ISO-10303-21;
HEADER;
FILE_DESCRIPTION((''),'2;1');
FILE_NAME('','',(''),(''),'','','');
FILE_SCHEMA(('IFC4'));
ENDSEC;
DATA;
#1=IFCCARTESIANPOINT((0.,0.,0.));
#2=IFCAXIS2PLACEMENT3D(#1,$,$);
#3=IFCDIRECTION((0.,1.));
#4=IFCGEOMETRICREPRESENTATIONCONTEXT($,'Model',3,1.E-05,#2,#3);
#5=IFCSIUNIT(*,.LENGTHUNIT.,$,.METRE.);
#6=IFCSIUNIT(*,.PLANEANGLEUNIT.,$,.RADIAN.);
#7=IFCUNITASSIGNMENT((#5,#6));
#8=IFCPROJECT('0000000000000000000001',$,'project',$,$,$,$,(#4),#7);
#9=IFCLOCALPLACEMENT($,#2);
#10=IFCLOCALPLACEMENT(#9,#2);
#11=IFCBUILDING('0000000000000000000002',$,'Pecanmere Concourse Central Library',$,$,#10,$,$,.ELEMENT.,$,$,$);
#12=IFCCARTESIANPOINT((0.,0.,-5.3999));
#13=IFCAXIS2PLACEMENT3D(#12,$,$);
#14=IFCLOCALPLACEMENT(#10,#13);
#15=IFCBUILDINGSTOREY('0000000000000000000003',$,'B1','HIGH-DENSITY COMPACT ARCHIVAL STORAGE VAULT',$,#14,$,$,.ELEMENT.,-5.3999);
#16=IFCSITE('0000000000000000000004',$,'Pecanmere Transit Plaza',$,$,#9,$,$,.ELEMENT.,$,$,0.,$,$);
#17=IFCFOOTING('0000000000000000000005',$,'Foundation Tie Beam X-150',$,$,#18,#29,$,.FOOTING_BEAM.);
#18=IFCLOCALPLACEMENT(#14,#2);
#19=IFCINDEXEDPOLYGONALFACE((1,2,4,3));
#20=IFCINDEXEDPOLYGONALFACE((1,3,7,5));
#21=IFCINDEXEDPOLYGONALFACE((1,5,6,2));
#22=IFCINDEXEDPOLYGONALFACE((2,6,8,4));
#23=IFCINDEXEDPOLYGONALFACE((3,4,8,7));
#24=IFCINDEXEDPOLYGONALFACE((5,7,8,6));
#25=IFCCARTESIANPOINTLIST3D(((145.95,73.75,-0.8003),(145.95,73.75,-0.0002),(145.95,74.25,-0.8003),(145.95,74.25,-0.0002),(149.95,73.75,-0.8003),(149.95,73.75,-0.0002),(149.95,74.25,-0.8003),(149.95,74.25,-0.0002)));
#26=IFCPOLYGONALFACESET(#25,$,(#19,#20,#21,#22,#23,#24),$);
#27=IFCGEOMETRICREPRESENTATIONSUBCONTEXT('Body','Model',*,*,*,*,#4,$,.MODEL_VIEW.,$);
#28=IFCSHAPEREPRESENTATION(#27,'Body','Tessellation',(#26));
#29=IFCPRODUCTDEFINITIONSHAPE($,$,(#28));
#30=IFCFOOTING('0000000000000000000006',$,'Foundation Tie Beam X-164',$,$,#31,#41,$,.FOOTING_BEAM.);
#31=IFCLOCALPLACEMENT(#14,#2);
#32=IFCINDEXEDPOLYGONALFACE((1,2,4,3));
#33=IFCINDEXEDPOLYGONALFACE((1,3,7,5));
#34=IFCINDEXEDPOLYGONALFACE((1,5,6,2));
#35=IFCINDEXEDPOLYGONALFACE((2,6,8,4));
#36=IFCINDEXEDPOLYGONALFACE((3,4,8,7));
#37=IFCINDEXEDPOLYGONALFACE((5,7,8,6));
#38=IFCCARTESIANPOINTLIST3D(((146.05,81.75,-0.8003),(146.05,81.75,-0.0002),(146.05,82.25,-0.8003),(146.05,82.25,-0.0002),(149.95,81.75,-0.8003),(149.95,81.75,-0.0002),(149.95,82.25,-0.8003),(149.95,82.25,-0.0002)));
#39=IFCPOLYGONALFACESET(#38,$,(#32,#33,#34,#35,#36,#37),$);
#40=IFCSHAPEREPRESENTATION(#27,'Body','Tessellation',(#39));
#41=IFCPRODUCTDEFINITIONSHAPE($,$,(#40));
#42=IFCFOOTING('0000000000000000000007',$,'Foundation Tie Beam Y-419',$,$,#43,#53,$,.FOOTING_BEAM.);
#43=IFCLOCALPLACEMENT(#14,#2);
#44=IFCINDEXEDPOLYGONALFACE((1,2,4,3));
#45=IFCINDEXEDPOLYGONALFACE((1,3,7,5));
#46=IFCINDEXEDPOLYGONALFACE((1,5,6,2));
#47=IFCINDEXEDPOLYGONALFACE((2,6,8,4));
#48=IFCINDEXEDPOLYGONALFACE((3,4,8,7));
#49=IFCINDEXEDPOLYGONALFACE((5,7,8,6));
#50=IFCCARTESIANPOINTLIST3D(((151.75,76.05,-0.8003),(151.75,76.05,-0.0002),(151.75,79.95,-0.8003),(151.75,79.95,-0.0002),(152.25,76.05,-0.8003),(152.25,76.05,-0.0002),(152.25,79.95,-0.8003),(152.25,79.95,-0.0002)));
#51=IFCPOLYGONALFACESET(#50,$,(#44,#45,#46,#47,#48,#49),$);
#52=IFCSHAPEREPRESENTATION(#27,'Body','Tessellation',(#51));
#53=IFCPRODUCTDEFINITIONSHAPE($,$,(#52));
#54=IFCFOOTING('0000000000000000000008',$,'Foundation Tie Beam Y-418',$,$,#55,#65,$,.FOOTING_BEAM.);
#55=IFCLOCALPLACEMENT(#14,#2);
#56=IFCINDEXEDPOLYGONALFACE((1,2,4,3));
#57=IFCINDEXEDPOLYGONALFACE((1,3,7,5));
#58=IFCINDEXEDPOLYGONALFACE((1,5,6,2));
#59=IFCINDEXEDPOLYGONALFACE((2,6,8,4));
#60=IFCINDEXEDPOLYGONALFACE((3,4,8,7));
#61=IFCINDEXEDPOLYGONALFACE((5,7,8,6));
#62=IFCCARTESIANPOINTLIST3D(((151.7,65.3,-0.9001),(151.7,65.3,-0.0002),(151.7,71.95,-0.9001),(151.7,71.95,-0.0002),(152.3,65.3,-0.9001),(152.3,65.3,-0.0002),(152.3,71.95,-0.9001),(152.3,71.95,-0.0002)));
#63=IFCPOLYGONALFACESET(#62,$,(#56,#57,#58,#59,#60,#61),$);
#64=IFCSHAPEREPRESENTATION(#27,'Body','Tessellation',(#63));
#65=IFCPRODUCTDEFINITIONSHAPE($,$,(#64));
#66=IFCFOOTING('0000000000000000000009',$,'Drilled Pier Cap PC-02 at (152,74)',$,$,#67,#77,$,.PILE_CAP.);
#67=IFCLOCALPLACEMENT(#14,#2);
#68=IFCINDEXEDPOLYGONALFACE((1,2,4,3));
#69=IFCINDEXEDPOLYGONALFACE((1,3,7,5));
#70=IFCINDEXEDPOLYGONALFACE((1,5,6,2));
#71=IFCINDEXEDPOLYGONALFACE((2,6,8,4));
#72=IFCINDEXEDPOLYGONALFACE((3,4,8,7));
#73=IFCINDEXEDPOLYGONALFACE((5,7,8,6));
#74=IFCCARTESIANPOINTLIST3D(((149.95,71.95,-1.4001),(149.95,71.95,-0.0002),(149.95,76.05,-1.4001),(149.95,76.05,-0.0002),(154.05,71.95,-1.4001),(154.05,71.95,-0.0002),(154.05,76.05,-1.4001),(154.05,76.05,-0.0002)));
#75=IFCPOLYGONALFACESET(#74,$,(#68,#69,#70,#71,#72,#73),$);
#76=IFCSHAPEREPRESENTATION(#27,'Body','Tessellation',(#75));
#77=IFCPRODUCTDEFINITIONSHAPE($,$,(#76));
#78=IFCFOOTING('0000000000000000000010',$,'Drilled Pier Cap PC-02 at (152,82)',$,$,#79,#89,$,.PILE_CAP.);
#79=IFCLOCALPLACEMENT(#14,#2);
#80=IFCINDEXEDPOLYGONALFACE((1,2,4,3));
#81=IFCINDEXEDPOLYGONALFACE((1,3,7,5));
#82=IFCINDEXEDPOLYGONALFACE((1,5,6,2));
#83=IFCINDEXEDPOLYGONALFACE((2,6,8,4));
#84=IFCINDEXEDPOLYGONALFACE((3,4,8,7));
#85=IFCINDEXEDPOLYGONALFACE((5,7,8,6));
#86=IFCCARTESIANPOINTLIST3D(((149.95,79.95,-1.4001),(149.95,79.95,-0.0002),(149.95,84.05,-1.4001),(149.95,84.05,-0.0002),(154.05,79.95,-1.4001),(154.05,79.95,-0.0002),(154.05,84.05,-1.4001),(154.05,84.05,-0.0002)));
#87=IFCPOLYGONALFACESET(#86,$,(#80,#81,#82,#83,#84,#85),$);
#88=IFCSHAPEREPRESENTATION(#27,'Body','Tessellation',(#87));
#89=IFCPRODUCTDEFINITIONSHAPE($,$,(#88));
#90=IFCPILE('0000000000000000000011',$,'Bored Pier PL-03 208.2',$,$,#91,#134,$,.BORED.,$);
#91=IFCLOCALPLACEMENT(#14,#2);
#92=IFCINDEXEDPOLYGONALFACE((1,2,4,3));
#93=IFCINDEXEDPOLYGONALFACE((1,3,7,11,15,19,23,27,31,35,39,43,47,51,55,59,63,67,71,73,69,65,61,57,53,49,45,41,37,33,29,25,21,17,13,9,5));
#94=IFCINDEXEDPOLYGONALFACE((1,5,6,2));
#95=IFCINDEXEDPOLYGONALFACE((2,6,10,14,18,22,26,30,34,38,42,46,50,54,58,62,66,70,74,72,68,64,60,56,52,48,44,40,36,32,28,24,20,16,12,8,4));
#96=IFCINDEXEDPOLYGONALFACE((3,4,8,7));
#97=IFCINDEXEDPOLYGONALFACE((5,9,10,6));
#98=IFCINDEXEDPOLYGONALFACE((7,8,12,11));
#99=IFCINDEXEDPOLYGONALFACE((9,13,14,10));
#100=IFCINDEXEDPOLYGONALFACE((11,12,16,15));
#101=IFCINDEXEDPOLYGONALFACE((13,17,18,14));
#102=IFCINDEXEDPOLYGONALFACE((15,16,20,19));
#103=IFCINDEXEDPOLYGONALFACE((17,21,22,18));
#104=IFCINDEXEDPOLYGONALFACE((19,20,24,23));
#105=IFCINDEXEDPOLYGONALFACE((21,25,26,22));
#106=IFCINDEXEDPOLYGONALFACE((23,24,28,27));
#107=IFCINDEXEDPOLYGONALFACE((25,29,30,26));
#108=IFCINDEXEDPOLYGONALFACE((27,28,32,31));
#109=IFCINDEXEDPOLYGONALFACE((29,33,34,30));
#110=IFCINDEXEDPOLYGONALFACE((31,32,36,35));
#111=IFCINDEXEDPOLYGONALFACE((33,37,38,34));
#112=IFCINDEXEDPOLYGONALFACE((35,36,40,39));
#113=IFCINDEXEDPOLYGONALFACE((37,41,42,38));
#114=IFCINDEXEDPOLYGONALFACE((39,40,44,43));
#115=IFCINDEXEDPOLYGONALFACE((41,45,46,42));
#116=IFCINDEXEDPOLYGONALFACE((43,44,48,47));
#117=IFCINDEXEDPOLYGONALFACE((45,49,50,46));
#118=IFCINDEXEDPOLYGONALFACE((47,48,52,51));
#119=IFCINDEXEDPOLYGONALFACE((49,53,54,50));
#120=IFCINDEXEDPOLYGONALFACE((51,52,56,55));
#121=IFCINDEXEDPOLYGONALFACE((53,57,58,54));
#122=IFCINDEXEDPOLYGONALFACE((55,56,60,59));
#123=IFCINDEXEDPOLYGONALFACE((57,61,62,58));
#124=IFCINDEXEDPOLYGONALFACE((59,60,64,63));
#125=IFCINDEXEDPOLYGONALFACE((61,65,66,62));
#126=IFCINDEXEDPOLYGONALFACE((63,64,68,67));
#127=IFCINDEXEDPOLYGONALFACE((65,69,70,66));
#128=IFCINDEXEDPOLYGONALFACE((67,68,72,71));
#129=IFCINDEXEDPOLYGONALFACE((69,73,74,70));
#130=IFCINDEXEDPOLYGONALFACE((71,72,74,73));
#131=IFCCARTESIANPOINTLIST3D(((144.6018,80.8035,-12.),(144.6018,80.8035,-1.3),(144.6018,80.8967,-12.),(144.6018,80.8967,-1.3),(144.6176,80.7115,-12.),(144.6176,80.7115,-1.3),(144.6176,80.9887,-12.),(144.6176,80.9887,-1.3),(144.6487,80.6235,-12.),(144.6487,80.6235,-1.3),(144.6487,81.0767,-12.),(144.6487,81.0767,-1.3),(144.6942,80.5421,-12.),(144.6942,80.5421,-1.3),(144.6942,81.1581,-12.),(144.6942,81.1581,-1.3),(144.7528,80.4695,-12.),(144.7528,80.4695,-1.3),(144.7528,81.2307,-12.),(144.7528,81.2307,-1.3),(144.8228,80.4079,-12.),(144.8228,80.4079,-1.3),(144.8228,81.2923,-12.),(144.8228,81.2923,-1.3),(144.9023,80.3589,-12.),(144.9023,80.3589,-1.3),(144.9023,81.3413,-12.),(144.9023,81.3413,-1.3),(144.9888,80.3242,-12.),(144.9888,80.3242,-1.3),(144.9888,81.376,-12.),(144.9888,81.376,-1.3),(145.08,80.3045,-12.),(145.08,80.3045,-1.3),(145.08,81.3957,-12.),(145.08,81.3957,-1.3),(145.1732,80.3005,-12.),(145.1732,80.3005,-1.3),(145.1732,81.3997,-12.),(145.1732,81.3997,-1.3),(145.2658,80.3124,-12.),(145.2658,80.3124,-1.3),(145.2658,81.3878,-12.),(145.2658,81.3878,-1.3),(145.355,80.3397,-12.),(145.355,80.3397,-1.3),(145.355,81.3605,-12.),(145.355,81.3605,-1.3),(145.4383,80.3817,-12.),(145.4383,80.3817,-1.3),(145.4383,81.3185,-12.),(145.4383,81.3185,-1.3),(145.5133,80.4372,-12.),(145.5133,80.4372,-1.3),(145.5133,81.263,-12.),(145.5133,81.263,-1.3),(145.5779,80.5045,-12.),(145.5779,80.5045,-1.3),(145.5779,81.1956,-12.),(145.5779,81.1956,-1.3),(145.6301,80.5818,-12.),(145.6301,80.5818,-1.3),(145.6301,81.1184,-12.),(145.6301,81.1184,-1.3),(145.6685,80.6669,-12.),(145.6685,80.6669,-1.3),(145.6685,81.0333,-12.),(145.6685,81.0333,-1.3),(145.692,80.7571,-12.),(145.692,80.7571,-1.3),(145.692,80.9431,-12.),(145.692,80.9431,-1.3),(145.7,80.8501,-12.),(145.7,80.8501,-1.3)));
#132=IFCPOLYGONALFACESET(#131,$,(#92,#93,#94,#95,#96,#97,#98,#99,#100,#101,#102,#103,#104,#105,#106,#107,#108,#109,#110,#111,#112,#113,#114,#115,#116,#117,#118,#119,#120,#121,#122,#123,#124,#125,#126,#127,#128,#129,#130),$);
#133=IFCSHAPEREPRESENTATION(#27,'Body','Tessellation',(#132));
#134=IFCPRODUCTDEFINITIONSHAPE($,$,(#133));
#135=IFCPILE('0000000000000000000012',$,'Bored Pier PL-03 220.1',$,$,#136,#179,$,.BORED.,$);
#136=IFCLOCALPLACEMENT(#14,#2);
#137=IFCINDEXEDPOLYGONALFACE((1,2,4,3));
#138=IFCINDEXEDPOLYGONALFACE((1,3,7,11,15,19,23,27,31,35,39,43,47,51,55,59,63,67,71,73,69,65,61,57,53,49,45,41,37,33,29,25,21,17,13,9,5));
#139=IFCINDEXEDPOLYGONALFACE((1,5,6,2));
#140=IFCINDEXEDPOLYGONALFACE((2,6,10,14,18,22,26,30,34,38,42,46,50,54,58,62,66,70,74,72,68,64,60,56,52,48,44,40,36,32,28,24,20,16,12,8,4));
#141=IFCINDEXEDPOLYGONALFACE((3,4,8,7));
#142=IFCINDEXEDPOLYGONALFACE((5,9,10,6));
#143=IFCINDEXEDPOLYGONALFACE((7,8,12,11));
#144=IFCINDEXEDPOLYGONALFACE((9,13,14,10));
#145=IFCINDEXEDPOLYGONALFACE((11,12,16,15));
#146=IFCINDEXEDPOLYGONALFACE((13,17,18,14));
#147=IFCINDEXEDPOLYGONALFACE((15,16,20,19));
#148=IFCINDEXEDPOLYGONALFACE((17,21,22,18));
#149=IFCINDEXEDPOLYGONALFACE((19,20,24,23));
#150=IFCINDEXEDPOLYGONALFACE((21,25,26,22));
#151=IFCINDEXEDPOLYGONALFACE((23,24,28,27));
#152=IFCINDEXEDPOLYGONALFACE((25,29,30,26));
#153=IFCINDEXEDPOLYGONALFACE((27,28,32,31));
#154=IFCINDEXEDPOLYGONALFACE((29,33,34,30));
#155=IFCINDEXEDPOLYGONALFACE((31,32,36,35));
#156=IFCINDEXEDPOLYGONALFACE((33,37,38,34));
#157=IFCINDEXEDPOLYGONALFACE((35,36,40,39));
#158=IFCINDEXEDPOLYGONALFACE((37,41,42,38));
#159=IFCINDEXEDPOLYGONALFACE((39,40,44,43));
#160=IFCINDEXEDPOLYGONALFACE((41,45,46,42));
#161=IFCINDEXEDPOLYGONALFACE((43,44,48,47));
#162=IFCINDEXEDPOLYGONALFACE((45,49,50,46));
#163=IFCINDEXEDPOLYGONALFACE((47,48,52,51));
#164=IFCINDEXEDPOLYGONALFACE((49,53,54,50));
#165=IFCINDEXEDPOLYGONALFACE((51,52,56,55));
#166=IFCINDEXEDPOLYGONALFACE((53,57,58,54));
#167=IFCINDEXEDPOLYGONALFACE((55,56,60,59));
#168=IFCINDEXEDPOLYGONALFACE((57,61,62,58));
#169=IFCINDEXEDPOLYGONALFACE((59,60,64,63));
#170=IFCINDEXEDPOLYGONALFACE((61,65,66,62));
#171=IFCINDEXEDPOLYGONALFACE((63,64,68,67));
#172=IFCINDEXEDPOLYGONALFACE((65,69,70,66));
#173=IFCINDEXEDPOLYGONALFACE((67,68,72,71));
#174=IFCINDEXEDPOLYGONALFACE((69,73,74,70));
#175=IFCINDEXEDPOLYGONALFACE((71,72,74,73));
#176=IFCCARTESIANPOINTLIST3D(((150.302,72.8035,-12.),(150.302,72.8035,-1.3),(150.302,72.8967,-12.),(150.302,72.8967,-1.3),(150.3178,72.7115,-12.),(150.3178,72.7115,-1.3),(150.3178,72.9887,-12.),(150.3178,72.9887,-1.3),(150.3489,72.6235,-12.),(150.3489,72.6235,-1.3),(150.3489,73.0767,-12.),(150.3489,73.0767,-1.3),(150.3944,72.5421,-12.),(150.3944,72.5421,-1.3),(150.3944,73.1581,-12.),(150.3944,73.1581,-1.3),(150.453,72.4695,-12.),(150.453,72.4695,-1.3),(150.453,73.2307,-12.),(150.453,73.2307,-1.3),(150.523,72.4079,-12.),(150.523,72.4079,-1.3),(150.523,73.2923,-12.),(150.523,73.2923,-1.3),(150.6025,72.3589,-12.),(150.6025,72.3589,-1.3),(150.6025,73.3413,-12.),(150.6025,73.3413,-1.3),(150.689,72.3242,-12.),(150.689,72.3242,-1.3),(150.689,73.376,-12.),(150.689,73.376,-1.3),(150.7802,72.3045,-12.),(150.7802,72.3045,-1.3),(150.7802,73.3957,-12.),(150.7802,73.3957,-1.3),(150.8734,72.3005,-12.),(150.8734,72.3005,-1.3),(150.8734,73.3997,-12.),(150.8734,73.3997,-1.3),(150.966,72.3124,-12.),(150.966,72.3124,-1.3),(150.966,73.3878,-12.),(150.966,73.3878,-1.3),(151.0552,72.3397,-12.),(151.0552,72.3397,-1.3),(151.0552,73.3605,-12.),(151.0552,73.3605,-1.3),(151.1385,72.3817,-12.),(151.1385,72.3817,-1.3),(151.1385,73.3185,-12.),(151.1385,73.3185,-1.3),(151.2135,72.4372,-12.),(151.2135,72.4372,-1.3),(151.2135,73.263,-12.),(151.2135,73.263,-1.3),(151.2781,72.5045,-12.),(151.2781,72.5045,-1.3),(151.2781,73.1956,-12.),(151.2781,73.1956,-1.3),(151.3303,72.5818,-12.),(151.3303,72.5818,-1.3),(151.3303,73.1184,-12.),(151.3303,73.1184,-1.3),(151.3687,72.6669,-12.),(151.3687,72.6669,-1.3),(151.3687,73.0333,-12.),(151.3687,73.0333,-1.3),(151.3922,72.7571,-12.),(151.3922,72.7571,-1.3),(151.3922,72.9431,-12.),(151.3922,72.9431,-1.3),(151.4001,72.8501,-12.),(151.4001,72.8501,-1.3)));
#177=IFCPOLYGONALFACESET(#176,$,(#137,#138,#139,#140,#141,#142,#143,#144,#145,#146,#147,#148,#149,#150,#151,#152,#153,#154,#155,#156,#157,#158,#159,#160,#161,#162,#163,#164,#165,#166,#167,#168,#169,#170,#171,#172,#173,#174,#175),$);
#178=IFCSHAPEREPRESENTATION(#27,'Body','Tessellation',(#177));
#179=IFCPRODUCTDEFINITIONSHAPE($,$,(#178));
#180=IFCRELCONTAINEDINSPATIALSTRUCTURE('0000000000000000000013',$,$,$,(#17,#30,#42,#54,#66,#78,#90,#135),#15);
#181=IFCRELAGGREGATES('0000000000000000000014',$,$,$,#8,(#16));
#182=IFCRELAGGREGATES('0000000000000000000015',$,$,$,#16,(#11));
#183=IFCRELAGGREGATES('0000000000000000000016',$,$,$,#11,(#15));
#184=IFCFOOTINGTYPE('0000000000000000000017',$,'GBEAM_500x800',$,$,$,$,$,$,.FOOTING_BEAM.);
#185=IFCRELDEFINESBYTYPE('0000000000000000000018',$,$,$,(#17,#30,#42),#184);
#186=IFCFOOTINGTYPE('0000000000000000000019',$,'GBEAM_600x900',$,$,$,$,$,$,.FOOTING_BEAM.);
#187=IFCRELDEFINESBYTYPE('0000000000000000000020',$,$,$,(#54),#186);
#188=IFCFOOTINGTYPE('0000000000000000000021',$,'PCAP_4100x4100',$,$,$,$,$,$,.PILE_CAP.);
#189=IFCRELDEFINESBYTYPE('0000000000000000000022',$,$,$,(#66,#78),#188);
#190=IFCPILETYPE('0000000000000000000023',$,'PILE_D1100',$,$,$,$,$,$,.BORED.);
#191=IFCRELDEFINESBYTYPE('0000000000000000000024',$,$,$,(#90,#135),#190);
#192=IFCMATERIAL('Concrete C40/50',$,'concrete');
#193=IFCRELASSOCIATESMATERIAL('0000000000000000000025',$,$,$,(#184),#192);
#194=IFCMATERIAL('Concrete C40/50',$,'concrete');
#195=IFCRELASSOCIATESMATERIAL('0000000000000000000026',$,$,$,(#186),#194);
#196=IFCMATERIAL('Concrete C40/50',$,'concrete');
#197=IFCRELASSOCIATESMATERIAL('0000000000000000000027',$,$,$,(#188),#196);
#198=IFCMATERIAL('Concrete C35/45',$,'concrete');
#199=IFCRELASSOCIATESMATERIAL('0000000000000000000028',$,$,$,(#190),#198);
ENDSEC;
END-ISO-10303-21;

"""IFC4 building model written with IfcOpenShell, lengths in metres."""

from ifc_helpers import new_model, si_unit, direction, frame, origin, origin_2d, place, context, subcontext, project, spatial, rectangle, circle, extrude, material, material_profile, profile_set, type_object, element, save


model = new_model("IFC4")

# Units and contexts
model_context = context("Model", 3, precision=1e-05, world=origin(), true_north=direction((0.0, 1.0)))
body_context = subcontext(model_context, "Body", "Model", "MODEL_VIEW")
ifc_project = project(units=[si_unit("LENGTHUNIT", "METRE"), si_unit("PLANEANGLEUNIT", "RADIAN")], contexts=[model_context])

# Site, building, storey
site_placement = place(None, origin())
site = spatial("IfcSite", under=ifc_project, at=site_placement, Name="Pecanmere Transit Plaza", CompositionType="ELEMENT", RefElevation=0.0)
building_placement = place(site_placement, origin())
building = spatial("IfcBuilding", under=site, at=building_placement, Name="Pecanmere Concourse Central Library", CompositionType="ELEMENT")
storey_placement = place(building_placement, frame((0.0, 0.0, -5.3999)))
storey = spatial("IfcBuildingStorey", under=building, at=storey_placement, Name="B1", Description="HIGH-DENSITY COMPACT ARCHIVAL STORAGE VAULT", CompositionType="ELEMENT", Elevation=-5.3999)

# Footings
ifc_material_1 = material(Name="Concrete C40/50", Category="concrete")
ifc_material_profile_1 = material_profile(ifc_material_1, rectangle(XDim=0.5, YDim=0.8, at=origin_2d()), Name="RC 500x800")
ifc_profile_set_1 = profile_set([ifc_material_profile_1], Name="Concrete C40/50")
footing_type_1 = type_object("IfcFootingType", Name="GBEAM_500x800", PredefinedType="FOOTING_BEAM", material=ifc_profile_set_1)
footing_1_placement = place(storey_placement, frame((147.95, 74.0, -0.8003), z_axis=(0.0, 0.0, 1.0), x_axis=(1.0, 0.0, 0.0)))
element("IfcFooting", 1, at=footing_1_placement, inside=storey, type_object=footing_type_1, Name="Foundation Tie Beam X-150", PredefinedType="FOOTING_BEAM", context=body_context, shape_type="SweptSolid", body=[
    extrude(rectangle(XDim=4.0, YDim=0.5, at=origin_2d()), origin(), (0.0, 0.0, 1.0), 0.8),
])
for number, where, z_axis, x_axis, name in (
    (2, (148.0, 82.0, -0.8003), (0.0, 0.0, 1.0), (1.0, 0.0, 0.0), "Foundation Tie Beam X-164"),
    (3, (152.0, 78.0, -0.8003), (0.0, 0.0, 1.0), (0.0, 1.0, 0.0), "Foundation Tie Beam Y-419"),
):
    element("IfcFooting", number, at=place(storey_placement, frame(where, z_axis=z_axis, x_axis=x_axis)), inside=storey, type_object=footing_type_1, Name=name, PredefinedType="FOOTING_BEAM", context=body_context, shape_type="SweptSolid", body=[
        extrude(rectangle(XDim=3.8999, YDim=0.5, at=origin_2d()), origin(), (0.0, 0.0, 1.0), 0.8),
    ])
ifc_material_2 = material(Name="Concrete C40/50", Category="concrete")
ifc_material_profile_2 = material_profile(ifc_material_2, rectangle(XDim=0.6001, YDim=0.8999, at=origin_2d()), Name="RC 600x900")
ifc_profile_set_2 = profile_set([ifc_material_profile_2], Name="Concrete C40/50")
footing_type_2 = type_object("IfcFootingType", Name="GBEAM_600x900", PredefinedType="FOOTING_BEAM", material=ifc_profile_set_2)
footing_2_placement = place(storey_placement, frame((152.0, 68.625, -0.9001), z_axis=(0.0, 0.0, 1.0), x_axis=(0.0, 1.0, 0.0)))
element("IfcFooting", 4, at=footing_2_placement, inside=storey, type_object=footing_type_2, Name="Foundation Tie Beam Y-418", PredefinedType="FOOTING_BEAM", context=body_context, shape_type="SweptSolid", body=[
    extrude(rectangle(XDim=6.6499, YDim=0.6001, at=origin_2d()), origin(), (0.0, 0.0, 1.0), 0.8999),
])
ifc_material_3 = material(Name="Concrete C40/50", Category="concrete")
footing_type_3 = type_object("IfcFootingType", Name="PCAP_4100x4100", PredefinedType="PILE_CAP", material=ifc_material_3)
for number, where, z_axis, x_axis, name in (
    (5, (152.0, 74.0, -1.4001), (0.0, 0.0, 1.0), (1.0, 0.0, 0.0), "Drilled Pier Cap PC-02 at (152,74)"),
    (6, (152.0, 82.0, -1.4001), (0.0, 0.0, 1.0), (1.0, 0.0, 0.0), "Drilled Pier Cap PC-02 at (152,82)"),
):
    element("IfcFooting", number, at=place(storey_placement, frame(where, z_axis=z_axis, x_axis=x_axis)), inside=storey, type_object=footing_type_3, Name=name, PredefinedType="PILE_CAP", context=body_context, shape_type="SweptSolid", body=[
        extrude(rectangle(XDim=4.1001, YDim=4.1001, at=origin_2d()), origin(), (0.0, 0.0, 1.0), 1.3999),
    ])

# Piles
ifc_material_4 = material(Name="Concrete C35/45", Category="concrete")
ifc_material_profile_3 = material_profile(ifc_material_4, circle(Radius=0.55, at=origin_2d()), Name="PIER D1100")
ifc_profile_set_3 = profile_set([ifc_material_profile_3], Name="Concrete C35/45")
pile_type = type_object("IfcPileType", Name="PILE_D1100", PredefinedType="BORED", material=ifc_profile_set_3)
for number, where, z_axis, x_axis, name in (
    (7, (145.1499, 80.8501, -1.3), (0.0, 0.0, -1.0), (1.0, 0.0, 0.0), "Bored Pier PL-03 208.2"),
    (8, (150.8501, 72.8501, -1.3), (0.0, 0.0, -1.0), (1.0, 0.0, 0.0), "Bored Pier PL-03 220.1"),
):
    element("IfcPile", number, at=place(storey_placement, frame(where, z_axis=z_axis, x_axis=x_axis)), inside=storey, type_object=pile_type, Name=name, PredefinedType="BORED", context=body_context, shape_type="SweptSolid", body=[
        extrude(circle(Radius=0.55, at=origin_2d()), origin(), (0.0, 0.0, 1.0), 10.7),
    ])

save(model, "model.ifc")
